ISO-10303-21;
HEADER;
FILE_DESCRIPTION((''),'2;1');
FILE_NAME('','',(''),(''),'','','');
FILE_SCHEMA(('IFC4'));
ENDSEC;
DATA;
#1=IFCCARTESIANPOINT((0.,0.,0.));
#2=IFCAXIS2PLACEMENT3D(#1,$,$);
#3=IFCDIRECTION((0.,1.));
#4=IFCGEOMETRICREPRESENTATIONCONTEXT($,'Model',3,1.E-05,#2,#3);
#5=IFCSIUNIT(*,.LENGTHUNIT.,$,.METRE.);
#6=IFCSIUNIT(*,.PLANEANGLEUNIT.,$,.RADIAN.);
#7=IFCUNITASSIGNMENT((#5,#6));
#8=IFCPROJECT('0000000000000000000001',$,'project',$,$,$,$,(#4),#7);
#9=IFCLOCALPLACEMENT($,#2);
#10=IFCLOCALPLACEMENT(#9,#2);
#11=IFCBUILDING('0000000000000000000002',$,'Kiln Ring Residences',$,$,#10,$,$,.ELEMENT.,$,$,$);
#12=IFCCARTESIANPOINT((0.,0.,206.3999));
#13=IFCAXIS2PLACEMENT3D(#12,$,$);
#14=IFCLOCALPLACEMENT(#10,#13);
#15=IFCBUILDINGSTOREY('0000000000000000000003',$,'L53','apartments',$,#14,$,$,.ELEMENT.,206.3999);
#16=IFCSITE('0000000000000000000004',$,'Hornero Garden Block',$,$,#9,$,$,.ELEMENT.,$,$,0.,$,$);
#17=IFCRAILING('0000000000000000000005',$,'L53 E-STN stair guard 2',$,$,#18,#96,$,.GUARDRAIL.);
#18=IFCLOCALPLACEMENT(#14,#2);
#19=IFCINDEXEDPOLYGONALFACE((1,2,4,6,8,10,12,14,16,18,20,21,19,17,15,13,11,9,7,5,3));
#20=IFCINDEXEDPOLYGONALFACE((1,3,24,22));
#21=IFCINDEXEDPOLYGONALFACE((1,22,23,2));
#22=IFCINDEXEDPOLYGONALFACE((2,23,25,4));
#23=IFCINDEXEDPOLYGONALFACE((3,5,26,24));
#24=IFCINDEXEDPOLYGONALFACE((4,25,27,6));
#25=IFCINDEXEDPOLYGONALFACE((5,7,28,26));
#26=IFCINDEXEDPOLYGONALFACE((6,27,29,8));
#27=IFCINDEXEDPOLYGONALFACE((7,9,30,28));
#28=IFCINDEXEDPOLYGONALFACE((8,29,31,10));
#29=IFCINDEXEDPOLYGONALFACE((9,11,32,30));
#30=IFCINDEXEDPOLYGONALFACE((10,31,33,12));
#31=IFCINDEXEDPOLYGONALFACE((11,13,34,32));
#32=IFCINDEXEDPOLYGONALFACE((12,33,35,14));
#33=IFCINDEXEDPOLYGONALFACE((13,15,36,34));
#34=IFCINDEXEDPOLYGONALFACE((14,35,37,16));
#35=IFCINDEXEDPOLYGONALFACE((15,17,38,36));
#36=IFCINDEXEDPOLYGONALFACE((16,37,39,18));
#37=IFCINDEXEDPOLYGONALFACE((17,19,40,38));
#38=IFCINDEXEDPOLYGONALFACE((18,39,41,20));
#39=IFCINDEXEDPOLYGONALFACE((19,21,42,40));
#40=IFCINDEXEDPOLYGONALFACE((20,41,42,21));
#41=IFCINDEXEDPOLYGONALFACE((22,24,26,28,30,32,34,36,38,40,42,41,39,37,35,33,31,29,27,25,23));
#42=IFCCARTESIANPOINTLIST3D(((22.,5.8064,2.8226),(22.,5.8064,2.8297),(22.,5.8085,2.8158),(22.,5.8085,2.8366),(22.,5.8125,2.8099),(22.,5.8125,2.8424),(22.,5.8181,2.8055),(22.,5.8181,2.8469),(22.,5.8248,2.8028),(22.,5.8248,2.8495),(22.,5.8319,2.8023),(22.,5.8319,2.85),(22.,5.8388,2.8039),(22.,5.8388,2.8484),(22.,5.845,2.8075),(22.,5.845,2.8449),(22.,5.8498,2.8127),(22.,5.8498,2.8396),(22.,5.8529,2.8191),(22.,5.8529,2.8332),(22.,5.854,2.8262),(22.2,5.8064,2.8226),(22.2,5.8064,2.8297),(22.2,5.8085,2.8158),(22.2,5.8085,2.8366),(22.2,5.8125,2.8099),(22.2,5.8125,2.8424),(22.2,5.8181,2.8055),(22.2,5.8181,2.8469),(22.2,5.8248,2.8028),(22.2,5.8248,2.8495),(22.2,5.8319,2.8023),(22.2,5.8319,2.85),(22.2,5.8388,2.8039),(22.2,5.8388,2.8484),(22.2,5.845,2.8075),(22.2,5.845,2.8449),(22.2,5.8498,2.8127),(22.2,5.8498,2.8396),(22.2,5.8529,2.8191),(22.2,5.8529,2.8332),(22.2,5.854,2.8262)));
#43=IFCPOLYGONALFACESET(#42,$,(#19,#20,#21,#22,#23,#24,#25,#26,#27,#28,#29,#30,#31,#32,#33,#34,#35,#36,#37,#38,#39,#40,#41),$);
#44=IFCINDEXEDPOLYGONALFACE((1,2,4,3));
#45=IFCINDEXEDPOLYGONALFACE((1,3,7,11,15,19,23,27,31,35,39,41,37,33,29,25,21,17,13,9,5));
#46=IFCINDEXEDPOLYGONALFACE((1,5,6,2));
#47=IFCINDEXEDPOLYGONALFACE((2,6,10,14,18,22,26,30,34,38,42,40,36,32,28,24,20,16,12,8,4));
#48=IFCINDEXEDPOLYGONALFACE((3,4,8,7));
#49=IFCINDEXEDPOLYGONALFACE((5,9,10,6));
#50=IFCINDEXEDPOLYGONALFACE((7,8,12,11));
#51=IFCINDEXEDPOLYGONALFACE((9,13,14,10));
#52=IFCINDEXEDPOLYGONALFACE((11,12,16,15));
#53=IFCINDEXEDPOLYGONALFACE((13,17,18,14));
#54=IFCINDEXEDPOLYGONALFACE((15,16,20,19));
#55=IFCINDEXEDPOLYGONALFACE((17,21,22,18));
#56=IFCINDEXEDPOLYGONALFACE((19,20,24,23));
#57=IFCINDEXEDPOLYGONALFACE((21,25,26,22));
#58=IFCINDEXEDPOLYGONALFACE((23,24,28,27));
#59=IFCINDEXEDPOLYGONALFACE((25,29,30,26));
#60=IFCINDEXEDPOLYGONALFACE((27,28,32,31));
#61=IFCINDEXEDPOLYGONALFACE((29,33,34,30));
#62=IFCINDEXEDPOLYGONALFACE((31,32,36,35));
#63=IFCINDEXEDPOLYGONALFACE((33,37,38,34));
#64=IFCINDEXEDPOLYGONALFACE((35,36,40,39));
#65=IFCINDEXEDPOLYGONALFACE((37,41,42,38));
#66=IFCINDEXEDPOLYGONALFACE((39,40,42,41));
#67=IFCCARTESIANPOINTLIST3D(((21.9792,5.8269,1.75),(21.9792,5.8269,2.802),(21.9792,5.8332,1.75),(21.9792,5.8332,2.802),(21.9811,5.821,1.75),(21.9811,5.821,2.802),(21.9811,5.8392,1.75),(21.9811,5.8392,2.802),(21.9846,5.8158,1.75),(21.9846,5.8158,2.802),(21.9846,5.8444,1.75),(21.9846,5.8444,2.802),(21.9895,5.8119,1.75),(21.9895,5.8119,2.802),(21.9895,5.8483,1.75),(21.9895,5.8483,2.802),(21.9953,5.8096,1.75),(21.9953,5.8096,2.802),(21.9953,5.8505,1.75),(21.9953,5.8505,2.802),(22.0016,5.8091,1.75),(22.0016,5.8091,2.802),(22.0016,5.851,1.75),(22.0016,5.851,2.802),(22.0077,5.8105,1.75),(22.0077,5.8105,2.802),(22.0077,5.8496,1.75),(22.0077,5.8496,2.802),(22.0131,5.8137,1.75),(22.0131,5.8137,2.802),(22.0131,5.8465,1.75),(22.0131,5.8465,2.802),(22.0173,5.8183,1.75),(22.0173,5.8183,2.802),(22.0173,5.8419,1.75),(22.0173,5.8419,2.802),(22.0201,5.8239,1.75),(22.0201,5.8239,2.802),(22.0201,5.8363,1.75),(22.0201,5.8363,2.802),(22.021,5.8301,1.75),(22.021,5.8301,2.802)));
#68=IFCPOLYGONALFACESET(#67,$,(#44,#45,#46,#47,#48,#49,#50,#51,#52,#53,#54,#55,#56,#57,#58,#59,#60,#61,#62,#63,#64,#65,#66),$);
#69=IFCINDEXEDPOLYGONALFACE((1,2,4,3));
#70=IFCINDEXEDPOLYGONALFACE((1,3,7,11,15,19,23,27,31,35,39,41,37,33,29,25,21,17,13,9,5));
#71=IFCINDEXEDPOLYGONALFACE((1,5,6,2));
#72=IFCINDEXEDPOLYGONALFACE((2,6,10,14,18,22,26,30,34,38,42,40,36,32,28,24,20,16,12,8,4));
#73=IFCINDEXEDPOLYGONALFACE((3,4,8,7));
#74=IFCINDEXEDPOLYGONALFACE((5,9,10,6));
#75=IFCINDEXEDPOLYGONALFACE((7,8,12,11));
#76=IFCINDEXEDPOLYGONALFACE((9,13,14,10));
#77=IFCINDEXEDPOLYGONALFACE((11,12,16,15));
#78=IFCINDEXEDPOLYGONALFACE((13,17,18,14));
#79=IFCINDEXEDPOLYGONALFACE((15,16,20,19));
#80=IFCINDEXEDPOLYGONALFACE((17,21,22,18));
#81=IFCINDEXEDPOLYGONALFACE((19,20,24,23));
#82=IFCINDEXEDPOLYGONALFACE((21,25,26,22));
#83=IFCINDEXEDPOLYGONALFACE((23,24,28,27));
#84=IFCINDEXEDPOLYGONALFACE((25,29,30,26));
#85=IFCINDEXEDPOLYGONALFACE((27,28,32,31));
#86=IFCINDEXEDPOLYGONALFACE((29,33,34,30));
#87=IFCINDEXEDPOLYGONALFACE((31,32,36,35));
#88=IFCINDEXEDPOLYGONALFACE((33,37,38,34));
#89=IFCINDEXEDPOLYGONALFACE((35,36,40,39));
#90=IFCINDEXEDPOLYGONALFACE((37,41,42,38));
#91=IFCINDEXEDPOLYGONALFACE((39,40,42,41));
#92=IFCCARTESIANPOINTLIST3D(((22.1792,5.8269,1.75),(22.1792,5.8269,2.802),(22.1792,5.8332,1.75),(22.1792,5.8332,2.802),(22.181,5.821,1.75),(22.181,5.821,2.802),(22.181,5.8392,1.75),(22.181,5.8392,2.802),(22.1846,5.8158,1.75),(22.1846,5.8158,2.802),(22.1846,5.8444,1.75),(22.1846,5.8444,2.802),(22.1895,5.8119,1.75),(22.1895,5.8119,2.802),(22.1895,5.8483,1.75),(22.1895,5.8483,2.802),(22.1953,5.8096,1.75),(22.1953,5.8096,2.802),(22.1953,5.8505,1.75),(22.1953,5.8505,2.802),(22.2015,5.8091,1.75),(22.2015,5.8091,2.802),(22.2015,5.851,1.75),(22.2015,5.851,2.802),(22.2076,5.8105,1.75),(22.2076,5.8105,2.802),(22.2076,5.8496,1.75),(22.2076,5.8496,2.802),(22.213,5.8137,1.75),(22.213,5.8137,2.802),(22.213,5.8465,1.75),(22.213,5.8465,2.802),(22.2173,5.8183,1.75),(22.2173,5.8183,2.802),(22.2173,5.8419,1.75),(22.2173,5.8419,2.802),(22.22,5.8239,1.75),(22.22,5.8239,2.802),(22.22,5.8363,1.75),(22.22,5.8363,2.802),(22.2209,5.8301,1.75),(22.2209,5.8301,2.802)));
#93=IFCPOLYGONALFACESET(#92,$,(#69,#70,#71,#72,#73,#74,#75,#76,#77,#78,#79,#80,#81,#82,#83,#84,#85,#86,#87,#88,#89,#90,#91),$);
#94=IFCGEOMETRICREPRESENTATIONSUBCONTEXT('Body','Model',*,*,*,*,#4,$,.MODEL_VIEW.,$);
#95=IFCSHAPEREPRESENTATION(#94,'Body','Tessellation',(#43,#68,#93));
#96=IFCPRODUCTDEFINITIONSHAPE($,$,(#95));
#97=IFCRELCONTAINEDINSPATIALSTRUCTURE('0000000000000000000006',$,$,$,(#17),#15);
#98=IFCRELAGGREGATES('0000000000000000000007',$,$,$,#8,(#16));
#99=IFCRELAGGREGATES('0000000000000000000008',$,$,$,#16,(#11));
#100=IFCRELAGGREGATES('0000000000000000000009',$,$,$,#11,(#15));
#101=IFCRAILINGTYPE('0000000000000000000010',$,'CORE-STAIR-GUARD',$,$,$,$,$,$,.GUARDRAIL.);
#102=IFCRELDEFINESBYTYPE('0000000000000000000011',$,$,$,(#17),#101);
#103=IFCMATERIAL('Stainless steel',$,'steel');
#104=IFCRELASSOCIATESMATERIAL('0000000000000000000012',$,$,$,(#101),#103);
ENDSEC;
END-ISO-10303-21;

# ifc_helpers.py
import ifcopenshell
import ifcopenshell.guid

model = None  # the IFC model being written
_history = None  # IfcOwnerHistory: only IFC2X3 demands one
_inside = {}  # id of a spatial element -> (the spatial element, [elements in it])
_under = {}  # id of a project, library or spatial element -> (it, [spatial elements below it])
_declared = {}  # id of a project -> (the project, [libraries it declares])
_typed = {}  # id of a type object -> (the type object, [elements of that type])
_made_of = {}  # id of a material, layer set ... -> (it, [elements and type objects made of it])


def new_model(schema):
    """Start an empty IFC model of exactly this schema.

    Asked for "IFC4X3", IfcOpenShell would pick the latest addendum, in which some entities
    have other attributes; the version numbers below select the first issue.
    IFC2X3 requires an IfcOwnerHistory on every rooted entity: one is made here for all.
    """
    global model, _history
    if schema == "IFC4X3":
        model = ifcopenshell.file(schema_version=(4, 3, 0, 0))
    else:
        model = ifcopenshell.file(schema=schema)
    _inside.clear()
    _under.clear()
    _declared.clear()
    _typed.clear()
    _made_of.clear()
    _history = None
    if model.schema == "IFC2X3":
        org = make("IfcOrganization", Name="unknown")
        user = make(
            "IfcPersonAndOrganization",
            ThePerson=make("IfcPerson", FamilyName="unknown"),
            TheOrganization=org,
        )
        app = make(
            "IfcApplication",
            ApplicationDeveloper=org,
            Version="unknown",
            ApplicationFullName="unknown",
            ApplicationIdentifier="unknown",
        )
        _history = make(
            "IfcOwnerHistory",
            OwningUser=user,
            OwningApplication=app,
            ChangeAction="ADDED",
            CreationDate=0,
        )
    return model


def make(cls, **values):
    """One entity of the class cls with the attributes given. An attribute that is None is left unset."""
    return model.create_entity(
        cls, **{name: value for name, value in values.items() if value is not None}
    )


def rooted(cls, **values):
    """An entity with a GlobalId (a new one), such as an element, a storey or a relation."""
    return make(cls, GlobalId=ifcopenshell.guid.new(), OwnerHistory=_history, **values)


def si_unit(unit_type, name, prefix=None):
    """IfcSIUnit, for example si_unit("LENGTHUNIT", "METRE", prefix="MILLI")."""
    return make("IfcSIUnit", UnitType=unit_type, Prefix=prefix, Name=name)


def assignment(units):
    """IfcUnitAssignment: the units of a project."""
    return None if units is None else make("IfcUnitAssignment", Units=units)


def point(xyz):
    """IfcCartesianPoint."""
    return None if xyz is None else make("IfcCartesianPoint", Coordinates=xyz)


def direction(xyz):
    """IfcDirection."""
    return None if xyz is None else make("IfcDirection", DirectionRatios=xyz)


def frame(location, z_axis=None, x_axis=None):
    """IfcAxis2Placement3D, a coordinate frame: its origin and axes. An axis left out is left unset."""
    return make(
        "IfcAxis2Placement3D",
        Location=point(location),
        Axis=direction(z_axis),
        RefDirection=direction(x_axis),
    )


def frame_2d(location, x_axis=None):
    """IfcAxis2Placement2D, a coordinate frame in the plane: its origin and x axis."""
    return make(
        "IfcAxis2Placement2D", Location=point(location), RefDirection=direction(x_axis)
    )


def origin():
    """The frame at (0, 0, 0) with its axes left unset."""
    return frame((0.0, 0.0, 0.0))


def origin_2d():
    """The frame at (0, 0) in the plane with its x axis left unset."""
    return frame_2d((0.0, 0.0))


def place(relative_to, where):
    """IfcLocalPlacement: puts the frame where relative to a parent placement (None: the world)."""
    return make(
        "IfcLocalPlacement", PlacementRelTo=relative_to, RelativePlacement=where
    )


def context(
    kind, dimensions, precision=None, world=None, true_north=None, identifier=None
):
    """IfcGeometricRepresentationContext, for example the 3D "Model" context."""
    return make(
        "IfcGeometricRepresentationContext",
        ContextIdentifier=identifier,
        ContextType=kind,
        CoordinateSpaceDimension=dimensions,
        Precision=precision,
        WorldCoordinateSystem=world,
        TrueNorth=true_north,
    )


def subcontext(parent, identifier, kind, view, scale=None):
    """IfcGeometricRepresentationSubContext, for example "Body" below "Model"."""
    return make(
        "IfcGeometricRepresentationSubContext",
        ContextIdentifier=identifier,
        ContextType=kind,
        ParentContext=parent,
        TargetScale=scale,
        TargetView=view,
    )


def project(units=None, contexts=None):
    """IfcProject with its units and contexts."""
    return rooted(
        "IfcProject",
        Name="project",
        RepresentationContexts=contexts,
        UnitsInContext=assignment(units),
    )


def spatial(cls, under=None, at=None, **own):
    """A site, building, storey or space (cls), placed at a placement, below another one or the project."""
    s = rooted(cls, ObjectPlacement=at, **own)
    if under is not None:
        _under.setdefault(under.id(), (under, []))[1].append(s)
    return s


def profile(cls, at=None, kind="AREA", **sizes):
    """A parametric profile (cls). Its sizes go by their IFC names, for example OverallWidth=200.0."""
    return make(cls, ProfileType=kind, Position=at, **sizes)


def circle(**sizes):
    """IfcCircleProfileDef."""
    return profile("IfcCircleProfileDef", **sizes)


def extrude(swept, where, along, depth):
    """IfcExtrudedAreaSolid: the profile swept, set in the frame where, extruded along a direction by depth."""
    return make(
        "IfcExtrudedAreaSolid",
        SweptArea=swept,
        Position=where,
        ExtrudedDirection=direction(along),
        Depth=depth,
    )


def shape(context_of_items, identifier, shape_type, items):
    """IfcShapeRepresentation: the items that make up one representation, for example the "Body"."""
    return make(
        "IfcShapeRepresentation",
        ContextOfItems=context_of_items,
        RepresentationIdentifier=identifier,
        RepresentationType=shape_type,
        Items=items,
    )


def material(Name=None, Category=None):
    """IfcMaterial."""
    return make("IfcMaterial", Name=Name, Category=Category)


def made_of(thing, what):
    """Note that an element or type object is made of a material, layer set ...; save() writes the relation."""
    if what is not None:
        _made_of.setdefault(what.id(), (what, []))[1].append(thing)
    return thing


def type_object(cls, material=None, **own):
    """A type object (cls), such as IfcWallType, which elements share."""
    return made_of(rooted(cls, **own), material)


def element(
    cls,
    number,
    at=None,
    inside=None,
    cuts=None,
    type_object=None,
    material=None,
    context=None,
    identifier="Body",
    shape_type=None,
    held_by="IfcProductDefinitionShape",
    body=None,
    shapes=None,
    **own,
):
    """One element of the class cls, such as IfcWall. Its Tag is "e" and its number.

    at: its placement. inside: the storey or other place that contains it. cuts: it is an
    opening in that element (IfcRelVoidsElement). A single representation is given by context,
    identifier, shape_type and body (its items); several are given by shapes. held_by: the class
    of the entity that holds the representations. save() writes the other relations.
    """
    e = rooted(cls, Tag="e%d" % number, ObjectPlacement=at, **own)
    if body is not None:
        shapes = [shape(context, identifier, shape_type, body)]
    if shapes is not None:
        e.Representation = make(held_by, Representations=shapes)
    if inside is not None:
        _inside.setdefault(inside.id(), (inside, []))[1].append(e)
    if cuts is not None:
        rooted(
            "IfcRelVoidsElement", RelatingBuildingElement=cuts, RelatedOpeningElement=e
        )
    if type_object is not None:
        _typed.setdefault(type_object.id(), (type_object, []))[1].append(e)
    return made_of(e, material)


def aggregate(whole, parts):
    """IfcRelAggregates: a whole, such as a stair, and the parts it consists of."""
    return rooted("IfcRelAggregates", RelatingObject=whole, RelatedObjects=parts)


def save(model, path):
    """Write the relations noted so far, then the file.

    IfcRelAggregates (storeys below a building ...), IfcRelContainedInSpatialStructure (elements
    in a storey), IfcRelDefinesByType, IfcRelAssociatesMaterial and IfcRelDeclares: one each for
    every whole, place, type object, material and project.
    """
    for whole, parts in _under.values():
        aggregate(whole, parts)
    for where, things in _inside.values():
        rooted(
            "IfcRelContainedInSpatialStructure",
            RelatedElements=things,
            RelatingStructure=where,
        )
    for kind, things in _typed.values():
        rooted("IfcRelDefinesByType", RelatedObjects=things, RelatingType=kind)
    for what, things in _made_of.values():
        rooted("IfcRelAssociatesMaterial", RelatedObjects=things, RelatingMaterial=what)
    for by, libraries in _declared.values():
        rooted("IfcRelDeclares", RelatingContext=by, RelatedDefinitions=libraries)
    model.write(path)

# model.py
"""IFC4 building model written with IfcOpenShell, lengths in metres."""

from ifc_helpers import new_model, si_unit, direction, frame, origin, origin_2d, place, context, subcontext, project, spatial, circle, extrude, material, type_object, element, save


model = new_model("IFC4")

# Units and contexts
model_context = context("Model", 3, precision=1e-05, world=origin(), true_north=direction((0.0, 1.0)))
body_context = subcontext(model_context, "Body", "Model", "MODEL_VIEW")
ifc_project = project(units=[si_unit("LENGTHUNIT", "METRE"), si_unit("PLANEANGLEUNIT", "RADIAN")], contexts=[model_context])

# Site, building, storey
site_placement = place(None, origin())
site = spatial("IfcSite", under=ifc_project, at=site_placement, Name="Hornero Garden Block", CompositionType="ELEMENT", RefElevation=0.0)
building_placement = place(site_placement, origin())
building = spatial("IfcBuilding", under=site, at=building_placement, Name="Kiln Ring Residences", CompositionType="ELEMENT")
storey_placement = place(building_placement, frame((0.0, 0.0, 206.3999)))
storey = spatial("IfcBuildingStorey", under=building, at=storey_placement, Name="L53", Description="apartments", CompositionType="ELEMENT", Elevation=206.3999)

# Railing
ifc_material_1 = material(Name="Stainless steel", Category="steel")
railing_type_1 = type_object("IfcRailingType", Name="CORE-STAIR-GUARD", PredefinedType="GUARDRAIL", material=ifc_material_1)
railing_1_placement = place(storey_placement, frame((22.0, 5.8301, 1.75)))
element("IfcRailing", 1, at=railing_1_placement, inside=storey, type_object=railing_type_1, Name="L53 E-STN stair guard 2", PredefinedType="GUARDRAIL", context=body_context, shape_type="SweptSolid", body=[
    extrude(circle(Radius=0.0239, at=origin_2d()), frame((0.0, 0.0, 1.0762), z_axis=(1.0, 0.0, 0.0), x_axis=(0.0, 1.0, 0.0)), (0.0, 0.0, 1.0), 0.2),
    extrude(circle(Radius=0.021, at=origin_2d()), origin(), (0.0, 0.0, 1.0), 1.052),
    extrude(circle(Radius=0.021, at=origin_2d()), frame((0.2, 0.0, 0.0)), (0.0, 0.0, 1.0), 1.052),
])

save(model, "model.ifc")
